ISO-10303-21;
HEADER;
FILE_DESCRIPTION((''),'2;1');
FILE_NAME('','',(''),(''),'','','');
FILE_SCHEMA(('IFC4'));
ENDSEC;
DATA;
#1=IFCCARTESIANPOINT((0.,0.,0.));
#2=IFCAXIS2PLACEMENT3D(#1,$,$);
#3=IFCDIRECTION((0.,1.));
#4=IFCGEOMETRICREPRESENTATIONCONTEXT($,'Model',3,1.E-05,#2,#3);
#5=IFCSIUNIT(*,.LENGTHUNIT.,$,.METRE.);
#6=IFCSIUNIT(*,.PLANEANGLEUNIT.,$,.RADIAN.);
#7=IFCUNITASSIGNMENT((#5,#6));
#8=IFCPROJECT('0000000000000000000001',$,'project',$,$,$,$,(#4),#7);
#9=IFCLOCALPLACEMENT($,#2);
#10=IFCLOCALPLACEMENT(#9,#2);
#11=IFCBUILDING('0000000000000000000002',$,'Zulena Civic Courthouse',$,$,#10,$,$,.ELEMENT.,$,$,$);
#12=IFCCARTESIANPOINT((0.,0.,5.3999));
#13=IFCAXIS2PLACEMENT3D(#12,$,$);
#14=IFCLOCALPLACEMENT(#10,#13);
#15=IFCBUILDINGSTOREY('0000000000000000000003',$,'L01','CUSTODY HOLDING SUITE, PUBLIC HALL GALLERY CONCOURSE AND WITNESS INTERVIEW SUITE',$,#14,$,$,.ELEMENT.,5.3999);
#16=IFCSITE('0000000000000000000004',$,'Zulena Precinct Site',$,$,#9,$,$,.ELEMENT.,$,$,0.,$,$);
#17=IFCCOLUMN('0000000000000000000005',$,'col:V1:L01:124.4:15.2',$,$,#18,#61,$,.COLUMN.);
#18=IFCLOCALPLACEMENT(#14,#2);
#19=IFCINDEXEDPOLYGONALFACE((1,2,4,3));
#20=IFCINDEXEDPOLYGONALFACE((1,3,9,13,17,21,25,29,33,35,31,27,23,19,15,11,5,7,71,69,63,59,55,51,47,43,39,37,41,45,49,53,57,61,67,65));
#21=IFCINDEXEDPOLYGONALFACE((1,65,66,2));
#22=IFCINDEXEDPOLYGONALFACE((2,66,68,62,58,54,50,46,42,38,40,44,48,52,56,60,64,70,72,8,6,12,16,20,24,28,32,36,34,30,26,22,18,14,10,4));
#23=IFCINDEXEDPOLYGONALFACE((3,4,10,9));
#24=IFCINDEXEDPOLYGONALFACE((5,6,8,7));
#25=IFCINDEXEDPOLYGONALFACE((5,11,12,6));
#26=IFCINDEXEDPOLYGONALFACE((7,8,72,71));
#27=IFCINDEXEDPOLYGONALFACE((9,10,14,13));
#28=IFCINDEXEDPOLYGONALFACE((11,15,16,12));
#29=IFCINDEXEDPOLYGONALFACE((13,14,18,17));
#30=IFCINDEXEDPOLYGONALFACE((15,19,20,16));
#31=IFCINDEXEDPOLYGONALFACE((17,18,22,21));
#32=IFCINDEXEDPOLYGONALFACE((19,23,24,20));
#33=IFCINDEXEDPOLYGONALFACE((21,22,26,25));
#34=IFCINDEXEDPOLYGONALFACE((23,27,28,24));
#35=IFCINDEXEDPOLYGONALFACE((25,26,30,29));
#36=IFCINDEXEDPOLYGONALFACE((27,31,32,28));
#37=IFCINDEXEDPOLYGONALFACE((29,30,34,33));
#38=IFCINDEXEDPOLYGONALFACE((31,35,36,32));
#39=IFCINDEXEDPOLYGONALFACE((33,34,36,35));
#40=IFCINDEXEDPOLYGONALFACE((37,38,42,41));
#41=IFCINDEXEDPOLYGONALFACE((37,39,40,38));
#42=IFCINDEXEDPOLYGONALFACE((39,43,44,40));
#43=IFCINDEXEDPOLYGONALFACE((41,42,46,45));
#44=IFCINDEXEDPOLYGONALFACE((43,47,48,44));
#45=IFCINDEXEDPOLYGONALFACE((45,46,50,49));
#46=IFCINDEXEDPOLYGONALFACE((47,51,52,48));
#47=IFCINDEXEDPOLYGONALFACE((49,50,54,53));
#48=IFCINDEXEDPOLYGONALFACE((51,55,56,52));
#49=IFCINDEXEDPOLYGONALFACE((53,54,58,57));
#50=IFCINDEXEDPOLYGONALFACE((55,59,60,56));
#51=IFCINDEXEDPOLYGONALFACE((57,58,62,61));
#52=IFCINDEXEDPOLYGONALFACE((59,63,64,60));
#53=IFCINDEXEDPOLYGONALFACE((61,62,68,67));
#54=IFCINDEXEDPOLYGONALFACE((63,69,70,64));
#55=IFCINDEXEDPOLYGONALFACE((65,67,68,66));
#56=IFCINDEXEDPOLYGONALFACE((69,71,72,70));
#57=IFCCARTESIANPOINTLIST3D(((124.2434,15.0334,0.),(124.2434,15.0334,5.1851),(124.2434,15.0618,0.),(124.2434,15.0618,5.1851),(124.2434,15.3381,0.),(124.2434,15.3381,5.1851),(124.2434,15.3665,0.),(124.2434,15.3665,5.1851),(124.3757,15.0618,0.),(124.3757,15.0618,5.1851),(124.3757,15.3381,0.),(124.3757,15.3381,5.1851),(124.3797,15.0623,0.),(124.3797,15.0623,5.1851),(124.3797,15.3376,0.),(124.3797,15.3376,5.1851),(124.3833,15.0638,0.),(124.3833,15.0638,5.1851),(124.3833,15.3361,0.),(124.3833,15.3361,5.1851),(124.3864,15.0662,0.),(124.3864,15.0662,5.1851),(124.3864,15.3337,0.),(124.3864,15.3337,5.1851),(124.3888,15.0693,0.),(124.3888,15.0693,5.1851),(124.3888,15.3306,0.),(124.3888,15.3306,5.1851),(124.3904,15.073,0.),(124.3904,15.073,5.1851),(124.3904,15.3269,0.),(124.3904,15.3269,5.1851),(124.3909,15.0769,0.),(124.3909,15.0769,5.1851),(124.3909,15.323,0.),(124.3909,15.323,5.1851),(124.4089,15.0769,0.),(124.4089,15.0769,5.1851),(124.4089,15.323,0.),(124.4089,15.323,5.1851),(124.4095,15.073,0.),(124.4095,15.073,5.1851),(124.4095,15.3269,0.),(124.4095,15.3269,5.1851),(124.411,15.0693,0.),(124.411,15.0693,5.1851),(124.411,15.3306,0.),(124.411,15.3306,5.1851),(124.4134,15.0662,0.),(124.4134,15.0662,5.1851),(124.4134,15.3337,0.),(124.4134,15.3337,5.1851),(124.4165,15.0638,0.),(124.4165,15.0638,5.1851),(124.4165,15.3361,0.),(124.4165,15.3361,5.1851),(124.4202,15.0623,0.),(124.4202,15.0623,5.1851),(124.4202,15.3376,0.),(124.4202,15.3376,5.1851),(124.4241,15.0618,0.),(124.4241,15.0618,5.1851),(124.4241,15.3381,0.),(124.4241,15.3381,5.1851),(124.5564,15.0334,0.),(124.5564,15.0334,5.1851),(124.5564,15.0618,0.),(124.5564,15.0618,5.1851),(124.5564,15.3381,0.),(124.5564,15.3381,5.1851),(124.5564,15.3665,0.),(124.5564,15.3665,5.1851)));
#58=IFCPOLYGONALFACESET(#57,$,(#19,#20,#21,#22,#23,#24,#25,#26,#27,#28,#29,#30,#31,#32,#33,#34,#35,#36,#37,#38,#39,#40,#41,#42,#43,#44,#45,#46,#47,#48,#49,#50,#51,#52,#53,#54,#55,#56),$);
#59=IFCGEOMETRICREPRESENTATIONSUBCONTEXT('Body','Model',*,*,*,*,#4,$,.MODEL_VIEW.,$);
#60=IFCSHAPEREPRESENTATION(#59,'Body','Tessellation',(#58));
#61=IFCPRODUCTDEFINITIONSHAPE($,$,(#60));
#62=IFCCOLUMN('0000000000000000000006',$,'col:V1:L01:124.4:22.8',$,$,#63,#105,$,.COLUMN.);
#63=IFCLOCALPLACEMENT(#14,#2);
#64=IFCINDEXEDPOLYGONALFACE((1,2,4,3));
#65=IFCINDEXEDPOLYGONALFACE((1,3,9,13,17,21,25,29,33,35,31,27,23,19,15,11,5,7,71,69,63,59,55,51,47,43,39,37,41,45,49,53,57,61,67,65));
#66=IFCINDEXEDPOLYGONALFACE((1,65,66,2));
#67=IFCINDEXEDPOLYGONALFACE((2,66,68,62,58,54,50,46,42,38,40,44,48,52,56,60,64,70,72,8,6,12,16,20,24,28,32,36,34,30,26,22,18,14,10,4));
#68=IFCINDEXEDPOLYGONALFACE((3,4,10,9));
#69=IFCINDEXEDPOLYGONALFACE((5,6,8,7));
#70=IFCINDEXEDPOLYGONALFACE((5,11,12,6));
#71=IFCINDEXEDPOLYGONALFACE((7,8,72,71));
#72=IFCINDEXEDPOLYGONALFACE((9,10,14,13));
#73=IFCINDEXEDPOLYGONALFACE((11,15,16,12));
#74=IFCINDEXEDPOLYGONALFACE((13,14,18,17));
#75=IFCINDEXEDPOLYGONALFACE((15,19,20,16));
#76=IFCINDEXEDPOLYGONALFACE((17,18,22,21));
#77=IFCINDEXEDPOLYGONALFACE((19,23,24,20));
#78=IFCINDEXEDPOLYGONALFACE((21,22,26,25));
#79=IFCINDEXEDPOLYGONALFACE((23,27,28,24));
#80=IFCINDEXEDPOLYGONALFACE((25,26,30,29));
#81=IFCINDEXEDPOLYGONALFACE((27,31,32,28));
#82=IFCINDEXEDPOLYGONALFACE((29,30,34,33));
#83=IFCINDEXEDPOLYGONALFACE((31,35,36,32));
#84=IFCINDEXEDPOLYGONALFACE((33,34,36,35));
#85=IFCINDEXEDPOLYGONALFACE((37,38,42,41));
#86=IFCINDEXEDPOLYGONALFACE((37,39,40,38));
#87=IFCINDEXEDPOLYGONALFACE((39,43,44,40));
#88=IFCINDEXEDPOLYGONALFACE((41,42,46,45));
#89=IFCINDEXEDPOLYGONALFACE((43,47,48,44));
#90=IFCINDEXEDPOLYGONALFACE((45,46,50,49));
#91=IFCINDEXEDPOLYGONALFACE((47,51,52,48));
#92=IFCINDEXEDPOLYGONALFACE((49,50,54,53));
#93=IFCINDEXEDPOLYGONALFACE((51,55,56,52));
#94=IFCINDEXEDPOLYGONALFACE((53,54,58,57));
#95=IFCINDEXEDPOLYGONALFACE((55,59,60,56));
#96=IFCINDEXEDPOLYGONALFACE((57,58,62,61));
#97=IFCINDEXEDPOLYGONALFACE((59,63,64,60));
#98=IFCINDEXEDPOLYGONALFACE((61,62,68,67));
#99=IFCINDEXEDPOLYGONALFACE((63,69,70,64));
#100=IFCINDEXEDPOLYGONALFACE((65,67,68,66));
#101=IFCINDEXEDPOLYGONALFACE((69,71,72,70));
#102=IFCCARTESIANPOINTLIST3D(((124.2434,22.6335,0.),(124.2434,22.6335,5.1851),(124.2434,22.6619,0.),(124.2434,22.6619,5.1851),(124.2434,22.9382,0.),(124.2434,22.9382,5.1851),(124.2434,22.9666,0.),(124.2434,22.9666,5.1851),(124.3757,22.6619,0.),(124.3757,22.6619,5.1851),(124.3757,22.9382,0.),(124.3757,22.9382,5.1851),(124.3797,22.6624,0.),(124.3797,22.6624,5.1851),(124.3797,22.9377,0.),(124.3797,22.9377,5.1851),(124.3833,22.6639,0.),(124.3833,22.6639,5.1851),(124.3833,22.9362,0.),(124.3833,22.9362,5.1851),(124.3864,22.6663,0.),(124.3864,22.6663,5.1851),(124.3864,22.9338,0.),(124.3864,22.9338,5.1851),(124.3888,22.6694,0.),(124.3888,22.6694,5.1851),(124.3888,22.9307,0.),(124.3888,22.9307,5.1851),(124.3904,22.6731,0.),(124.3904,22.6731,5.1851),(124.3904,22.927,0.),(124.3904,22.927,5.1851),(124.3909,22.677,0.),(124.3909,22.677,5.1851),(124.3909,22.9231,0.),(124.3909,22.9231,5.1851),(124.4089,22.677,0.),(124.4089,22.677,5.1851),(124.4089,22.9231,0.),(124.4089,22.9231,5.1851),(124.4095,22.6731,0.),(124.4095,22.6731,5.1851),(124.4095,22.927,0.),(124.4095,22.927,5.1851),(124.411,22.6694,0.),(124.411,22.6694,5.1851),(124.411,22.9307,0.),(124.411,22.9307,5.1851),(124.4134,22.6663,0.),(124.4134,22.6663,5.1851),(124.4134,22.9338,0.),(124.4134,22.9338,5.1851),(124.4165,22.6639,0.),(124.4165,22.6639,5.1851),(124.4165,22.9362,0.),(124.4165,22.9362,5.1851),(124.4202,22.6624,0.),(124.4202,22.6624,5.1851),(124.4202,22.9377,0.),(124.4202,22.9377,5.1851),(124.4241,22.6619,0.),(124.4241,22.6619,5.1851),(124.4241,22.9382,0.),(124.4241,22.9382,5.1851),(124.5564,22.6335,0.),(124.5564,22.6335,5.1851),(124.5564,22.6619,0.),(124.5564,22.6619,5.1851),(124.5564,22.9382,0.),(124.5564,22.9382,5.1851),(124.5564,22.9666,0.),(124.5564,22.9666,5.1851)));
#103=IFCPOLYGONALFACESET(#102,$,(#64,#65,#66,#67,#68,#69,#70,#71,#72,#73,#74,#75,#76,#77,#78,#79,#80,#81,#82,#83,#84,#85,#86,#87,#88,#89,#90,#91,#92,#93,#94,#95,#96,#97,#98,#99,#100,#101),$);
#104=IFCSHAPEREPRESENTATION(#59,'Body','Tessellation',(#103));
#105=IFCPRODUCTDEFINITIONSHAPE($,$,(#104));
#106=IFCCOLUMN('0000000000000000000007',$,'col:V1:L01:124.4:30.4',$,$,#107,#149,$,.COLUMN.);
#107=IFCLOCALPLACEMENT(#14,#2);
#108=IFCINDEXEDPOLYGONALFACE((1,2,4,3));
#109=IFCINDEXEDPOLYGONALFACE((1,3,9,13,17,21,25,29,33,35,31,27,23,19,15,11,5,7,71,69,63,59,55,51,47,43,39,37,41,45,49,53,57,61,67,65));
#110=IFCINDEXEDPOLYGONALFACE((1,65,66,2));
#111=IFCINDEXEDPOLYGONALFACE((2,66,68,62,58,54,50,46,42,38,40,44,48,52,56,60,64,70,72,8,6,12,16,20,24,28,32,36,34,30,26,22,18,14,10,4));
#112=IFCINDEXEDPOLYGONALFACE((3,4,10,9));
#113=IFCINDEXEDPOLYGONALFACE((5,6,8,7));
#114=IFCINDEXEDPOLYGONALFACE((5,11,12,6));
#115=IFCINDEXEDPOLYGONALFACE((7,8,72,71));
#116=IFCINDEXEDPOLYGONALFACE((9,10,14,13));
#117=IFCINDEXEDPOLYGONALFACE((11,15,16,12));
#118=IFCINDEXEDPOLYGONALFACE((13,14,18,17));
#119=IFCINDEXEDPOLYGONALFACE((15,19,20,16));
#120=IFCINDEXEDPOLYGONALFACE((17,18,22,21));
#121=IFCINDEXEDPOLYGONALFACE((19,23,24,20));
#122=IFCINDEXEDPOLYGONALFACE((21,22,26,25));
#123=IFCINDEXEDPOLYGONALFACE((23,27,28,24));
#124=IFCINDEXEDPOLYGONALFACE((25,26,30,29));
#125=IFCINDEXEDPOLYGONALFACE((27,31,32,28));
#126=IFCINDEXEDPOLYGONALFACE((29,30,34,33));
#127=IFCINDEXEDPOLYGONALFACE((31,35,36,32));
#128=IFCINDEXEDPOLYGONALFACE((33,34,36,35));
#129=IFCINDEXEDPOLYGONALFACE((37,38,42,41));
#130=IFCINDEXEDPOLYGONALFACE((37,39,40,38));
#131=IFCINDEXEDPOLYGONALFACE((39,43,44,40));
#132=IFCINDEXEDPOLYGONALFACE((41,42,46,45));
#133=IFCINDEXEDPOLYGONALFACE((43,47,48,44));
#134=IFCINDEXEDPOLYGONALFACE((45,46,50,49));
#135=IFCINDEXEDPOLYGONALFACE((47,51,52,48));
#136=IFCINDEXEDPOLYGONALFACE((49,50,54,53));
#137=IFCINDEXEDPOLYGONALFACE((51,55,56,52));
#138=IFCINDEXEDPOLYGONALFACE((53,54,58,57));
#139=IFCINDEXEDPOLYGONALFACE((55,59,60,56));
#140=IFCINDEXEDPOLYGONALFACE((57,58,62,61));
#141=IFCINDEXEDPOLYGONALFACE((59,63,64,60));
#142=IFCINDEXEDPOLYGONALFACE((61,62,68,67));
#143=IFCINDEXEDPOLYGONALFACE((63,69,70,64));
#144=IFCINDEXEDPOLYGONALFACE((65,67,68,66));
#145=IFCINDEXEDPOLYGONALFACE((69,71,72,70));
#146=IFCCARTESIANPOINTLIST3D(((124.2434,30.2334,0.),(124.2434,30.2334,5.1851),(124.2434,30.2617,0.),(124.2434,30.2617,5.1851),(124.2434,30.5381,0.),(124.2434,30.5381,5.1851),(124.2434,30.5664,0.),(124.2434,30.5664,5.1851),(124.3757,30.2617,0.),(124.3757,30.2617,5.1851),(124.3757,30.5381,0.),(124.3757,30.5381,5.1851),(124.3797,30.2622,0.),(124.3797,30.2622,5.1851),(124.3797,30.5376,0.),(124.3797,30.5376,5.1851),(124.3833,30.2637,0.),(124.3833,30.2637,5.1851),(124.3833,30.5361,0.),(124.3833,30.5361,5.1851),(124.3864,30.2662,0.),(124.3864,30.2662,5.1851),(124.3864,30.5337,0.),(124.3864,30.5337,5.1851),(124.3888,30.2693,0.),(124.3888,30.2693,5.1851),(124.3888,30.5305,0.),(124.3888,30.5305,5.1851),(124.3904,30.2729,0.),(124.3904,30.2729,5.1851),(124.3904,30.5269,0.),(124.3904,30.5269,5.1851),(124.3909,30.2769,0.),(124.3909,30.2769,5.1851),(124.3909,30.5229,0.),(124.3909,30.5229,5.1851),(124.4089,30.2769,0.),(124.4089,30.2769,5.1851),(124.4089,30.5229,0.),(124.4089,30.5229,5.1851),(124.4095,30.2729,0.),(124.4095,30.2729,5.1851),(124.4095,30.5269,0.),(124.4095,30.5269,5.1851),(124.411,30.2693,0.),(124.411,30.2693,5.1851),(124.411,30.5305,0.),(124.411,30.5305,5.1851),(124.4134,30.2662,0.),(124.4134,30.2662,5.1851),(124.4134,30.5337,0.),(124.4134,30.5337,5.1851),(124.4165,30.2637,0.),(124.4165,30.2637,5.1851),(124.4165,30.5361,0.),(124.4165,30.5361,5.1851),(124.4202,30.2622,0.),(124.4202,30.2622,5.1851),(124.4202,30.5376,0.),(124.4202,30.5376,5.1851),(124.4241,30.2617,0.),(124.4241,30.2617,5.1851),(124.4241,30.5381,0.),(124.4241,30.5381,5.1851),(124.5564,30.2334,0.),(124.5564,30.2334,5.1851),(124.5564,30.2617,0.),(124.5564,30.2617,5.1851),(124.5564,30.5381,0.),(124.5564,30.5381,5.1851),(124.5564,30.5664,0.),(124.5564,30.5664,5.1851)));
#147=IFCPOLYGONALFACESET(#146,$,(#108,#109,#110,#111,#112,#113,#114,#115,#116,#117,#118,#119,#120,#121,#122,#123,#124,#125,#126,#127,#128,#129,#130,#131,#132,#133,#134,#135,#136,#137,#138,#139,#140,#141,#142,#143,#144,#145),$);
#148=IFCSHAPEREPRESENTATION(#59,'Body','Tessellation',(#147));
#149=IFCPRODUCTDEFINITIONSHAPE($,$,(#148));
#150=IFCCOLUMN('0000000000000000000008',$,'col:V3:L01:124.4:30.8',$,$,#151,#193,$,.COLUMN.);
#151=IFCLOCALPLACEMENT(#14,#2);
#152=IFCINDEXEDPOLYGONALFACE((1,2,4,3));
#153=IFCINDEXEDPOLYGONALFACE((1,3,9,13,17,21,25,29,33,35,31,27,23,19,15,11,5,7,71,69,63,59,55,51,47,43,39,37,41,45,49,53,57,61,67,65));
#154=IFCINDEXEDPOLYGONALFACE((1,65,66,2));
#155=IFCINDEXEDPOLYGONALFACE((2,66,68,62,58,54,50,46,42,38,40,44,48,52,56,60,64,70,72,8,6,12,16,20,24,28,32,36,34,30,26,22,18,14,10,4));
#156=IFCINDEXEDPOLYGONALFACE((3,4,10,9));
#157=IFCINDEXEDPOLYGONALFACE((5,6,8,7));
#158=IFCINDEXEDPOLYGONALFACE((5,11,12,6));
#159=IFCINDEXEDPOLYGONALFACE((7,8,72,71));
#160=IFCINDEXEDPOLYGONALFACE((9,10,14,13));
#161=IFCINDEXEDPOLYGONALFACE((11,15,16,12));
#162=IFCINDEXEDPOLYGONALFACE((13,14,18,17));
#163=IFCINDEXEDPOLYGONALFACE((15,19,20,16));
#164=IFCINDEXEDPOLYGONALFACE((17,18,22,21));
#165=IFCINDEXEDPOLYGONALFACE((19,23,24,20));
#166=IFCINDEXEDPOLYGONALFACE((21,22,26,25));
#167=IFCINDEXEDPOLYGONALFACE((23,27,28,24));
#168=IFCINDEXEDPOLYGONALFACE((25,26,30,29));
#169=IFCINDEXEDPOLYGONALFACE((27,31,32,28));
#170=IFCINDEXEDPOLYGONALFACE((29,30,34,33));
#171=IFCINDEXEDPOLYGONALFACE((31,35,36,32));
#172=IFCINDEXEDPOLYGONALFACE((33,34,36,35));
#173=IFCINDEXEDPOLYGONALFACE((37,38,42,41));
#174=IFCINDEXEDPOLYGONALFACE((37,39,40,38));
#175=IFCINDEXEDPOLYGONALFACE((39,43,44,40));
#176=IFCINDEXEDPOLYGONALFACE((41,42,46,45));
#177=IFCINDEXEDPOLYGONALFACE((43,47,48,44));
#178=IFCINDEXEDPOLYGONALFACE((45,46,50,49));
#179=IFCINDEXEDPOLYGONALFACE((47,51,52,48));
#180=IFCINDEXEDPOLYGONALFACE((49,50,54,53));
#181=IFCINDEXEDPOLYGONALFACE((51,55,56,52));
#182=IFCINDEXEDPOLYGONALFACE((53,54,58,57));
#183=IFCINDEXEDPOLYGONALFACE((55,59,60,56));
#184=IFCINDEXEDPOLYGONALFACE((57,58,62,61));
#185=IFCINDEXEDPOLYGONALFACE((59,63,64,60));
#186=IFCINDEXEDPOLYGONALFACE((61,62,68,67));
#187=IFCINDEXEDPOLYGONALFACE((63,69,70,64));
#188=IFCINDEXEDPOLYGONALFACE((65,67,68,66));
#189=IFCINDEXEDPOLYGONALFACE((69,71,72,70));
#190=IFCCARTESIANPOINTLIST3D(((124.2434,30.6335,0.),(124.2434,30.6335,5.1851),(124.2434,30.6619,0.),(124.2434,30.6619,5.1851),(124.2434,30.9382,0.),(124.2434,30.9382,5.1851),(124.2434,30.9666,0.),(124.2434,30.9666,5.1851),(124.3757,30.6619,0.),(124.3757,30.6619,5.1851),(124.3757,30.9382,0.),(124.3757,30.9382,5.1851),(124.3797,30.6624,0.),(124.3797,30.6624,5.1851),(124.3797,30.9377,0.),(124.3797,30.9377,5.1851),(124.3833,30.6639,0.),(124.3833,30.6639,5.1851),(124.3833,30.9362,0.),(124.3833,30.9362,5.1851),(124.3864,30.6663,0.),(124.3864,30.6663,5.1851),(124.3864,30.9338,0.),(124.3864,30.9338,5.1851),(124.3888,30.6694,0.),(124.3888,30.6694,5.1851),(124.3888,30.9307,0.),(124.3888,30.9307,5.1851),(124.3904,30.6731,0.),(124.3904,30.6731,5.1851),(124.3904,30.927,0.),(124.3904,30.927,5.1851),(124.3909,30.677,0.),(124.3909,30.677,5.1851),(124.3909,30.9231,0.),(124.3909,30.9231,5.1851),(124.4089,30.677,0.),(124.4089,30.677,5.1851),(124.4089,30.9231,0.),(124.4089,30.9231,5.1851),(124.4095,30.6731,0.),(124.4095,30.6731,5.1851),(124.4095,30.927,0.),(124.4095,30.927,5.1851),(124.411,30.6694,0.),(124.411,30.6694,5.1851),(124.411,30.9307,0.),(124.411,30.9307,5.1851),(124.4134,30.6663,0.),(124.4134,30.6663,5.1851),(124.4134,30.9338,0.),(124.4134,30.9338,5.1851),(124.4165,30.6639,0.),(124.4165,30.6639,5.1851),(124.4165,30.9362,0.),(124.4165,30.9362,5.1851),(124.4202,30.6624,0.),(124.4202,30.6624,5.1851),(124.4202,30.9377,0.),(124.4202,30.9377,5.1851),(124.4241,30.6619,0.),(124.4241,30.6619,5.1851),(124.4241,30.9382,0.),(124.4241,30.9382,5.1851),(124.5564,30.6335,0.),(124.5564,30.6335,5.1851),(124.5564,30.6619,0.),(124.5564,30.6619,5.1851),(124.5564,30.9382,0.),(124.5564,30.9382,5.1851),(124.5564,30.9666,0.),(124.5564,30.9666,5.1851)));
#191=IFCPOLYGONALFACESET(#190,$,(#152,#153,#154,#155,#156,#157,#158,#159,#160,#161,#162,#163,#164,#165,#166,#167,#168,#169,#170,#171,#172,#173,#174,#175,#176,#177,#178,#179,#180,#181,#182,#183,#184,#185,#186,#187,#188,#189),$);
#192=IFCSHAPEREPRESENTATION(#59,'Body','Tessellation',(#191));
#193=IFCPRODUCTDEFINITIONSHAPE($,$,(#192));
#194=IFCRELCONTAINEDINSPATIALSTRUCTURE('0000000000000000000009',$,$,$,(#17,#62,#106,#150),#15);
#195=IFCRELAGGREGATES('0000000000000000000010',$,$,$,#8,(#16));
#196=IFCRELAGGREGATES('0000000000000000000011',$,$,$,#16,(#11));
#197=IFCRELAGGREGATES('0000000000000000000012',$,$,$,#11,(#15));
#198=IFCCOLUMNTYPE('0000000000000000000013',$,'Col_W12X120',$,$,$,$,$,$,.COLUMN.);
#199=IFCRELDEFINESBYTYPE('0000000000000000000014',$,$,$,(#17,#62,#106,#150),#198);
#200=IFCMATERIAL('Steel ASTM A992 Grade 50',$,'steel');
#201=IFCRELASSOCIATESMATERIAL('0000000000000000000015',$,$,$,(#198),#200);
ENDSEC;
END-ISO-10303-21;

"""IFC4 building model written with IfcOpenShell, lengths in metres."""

from ifc_helpers import new_model, si_unit, direction, frame, origin, origin_2d, place, context, subcontext, project, spatial, i_section, extrude, material, material_profile, profile_set, type_object, element, save


model = new_model("IFC4")

# Units and contexts
model_context = context("Model", 3, precision=1e-05, world=origin(), true_north=direction((0.0, 1.0)))
body_context = subcontext(model_context, "Body", "Model", "MODEL_VIEW")
ifc_project = project(units=[si_unit("LENGTHUNIT", "METRE"), si_unit("PLANEANGLEUNIT", "RADIAN")], contexts=[model_context])

# Site, building, storey
site_placement = place(None, origin())
site = spatial("IfcSite", under=ifc_project, at=site_placement, Name="Zulena Precinct Site", CompositionType="ELEMENT", RefElevation=0.0)
building_placement = place(site_placement, origin())
building = spatial("IfcBuilding", under=site, at=building_placement, Name="Zulena Civic Courthouse", CompositionType="ELEMENT")
storey_placement = place(building_placement, frame((0.0, 0.0, 5.3999)))
storey = spatial("IfcBuildingStorey", under=building, at=storey_placement, Name="L01", Description="CUSTODY HOLDING SUITE, PUBLIC HALL GALLERY CONCOURSE AND WITNESS INTERVIEW SUITE", CompositionType="ELEMENT", Elevation=5.3999)

# Columns
ifc_material_1 = material(Name="Steel ASTM A992 Grade 50", Category="steel")
ifc_material_profile_1 = material_profile(ifc_material_1, i_section(OverallWidth=0.313, OverallDepth=0.333, WebThickness=0.0181, FlangeThickness=0.0283, FilletRadius=0.0151, at=origin_2d()), Name="W12X120")
ifc_profile_set_1 = profile_set([ifc_material_profile_1], Name="Steel ASTM A992 Grade 50")
column_type_1 = type_object("IfcColumnType", Name="Col_W12X120", PredefinedType="COLUMN", material=ifc_profile_set_1)
for number, where, z_axis, x_axis, name in (
    (1, (124.3999, 15.2, 0.0), (0.0, 0.0, 1.0), (1.0, 0.0, 0.0), "col:V1:L01:124.4:15.2"),
    (2, (124.3999, 22.8, 0.0), (0.0, 0.0, 1.0), (1.0, 0.0, 0.0), "col:V1:L01:124.4:22.8"),
    (3, (124.3999, 30.3999, 0.0), (0.0, 0.0, 1.0), (1.0, 0.0, 0.0), "col:V1:L01:124.4:30.4"),
    (4, (124.3999, 30.8, 0.0), (0.0, 0.0, 1.0), (1.0, 0.0, 0.0), "col:V3:L01:124.4:30.8"),
):
    element("IfcColumn", number, at=place(storey_placement, frame(where, z_axis=z_axis, x_axis=x_axis)), inside=storey, type_object=column_type_1, Name=name, PredefinedType="COLUMN", context=body_context, shape_type="SweptSolid", body=[
        extrude(i_section(OverallWidth=0.313, OverallDepth=0.333, WebThickness=0.0181, FlangeThickness=0.0283, FilletRadius=0.0151, at=origin_2d()), origin(), (0.0, 0.0, 1.0), 5.1851),
    ])

save(model, "model.ifc")
